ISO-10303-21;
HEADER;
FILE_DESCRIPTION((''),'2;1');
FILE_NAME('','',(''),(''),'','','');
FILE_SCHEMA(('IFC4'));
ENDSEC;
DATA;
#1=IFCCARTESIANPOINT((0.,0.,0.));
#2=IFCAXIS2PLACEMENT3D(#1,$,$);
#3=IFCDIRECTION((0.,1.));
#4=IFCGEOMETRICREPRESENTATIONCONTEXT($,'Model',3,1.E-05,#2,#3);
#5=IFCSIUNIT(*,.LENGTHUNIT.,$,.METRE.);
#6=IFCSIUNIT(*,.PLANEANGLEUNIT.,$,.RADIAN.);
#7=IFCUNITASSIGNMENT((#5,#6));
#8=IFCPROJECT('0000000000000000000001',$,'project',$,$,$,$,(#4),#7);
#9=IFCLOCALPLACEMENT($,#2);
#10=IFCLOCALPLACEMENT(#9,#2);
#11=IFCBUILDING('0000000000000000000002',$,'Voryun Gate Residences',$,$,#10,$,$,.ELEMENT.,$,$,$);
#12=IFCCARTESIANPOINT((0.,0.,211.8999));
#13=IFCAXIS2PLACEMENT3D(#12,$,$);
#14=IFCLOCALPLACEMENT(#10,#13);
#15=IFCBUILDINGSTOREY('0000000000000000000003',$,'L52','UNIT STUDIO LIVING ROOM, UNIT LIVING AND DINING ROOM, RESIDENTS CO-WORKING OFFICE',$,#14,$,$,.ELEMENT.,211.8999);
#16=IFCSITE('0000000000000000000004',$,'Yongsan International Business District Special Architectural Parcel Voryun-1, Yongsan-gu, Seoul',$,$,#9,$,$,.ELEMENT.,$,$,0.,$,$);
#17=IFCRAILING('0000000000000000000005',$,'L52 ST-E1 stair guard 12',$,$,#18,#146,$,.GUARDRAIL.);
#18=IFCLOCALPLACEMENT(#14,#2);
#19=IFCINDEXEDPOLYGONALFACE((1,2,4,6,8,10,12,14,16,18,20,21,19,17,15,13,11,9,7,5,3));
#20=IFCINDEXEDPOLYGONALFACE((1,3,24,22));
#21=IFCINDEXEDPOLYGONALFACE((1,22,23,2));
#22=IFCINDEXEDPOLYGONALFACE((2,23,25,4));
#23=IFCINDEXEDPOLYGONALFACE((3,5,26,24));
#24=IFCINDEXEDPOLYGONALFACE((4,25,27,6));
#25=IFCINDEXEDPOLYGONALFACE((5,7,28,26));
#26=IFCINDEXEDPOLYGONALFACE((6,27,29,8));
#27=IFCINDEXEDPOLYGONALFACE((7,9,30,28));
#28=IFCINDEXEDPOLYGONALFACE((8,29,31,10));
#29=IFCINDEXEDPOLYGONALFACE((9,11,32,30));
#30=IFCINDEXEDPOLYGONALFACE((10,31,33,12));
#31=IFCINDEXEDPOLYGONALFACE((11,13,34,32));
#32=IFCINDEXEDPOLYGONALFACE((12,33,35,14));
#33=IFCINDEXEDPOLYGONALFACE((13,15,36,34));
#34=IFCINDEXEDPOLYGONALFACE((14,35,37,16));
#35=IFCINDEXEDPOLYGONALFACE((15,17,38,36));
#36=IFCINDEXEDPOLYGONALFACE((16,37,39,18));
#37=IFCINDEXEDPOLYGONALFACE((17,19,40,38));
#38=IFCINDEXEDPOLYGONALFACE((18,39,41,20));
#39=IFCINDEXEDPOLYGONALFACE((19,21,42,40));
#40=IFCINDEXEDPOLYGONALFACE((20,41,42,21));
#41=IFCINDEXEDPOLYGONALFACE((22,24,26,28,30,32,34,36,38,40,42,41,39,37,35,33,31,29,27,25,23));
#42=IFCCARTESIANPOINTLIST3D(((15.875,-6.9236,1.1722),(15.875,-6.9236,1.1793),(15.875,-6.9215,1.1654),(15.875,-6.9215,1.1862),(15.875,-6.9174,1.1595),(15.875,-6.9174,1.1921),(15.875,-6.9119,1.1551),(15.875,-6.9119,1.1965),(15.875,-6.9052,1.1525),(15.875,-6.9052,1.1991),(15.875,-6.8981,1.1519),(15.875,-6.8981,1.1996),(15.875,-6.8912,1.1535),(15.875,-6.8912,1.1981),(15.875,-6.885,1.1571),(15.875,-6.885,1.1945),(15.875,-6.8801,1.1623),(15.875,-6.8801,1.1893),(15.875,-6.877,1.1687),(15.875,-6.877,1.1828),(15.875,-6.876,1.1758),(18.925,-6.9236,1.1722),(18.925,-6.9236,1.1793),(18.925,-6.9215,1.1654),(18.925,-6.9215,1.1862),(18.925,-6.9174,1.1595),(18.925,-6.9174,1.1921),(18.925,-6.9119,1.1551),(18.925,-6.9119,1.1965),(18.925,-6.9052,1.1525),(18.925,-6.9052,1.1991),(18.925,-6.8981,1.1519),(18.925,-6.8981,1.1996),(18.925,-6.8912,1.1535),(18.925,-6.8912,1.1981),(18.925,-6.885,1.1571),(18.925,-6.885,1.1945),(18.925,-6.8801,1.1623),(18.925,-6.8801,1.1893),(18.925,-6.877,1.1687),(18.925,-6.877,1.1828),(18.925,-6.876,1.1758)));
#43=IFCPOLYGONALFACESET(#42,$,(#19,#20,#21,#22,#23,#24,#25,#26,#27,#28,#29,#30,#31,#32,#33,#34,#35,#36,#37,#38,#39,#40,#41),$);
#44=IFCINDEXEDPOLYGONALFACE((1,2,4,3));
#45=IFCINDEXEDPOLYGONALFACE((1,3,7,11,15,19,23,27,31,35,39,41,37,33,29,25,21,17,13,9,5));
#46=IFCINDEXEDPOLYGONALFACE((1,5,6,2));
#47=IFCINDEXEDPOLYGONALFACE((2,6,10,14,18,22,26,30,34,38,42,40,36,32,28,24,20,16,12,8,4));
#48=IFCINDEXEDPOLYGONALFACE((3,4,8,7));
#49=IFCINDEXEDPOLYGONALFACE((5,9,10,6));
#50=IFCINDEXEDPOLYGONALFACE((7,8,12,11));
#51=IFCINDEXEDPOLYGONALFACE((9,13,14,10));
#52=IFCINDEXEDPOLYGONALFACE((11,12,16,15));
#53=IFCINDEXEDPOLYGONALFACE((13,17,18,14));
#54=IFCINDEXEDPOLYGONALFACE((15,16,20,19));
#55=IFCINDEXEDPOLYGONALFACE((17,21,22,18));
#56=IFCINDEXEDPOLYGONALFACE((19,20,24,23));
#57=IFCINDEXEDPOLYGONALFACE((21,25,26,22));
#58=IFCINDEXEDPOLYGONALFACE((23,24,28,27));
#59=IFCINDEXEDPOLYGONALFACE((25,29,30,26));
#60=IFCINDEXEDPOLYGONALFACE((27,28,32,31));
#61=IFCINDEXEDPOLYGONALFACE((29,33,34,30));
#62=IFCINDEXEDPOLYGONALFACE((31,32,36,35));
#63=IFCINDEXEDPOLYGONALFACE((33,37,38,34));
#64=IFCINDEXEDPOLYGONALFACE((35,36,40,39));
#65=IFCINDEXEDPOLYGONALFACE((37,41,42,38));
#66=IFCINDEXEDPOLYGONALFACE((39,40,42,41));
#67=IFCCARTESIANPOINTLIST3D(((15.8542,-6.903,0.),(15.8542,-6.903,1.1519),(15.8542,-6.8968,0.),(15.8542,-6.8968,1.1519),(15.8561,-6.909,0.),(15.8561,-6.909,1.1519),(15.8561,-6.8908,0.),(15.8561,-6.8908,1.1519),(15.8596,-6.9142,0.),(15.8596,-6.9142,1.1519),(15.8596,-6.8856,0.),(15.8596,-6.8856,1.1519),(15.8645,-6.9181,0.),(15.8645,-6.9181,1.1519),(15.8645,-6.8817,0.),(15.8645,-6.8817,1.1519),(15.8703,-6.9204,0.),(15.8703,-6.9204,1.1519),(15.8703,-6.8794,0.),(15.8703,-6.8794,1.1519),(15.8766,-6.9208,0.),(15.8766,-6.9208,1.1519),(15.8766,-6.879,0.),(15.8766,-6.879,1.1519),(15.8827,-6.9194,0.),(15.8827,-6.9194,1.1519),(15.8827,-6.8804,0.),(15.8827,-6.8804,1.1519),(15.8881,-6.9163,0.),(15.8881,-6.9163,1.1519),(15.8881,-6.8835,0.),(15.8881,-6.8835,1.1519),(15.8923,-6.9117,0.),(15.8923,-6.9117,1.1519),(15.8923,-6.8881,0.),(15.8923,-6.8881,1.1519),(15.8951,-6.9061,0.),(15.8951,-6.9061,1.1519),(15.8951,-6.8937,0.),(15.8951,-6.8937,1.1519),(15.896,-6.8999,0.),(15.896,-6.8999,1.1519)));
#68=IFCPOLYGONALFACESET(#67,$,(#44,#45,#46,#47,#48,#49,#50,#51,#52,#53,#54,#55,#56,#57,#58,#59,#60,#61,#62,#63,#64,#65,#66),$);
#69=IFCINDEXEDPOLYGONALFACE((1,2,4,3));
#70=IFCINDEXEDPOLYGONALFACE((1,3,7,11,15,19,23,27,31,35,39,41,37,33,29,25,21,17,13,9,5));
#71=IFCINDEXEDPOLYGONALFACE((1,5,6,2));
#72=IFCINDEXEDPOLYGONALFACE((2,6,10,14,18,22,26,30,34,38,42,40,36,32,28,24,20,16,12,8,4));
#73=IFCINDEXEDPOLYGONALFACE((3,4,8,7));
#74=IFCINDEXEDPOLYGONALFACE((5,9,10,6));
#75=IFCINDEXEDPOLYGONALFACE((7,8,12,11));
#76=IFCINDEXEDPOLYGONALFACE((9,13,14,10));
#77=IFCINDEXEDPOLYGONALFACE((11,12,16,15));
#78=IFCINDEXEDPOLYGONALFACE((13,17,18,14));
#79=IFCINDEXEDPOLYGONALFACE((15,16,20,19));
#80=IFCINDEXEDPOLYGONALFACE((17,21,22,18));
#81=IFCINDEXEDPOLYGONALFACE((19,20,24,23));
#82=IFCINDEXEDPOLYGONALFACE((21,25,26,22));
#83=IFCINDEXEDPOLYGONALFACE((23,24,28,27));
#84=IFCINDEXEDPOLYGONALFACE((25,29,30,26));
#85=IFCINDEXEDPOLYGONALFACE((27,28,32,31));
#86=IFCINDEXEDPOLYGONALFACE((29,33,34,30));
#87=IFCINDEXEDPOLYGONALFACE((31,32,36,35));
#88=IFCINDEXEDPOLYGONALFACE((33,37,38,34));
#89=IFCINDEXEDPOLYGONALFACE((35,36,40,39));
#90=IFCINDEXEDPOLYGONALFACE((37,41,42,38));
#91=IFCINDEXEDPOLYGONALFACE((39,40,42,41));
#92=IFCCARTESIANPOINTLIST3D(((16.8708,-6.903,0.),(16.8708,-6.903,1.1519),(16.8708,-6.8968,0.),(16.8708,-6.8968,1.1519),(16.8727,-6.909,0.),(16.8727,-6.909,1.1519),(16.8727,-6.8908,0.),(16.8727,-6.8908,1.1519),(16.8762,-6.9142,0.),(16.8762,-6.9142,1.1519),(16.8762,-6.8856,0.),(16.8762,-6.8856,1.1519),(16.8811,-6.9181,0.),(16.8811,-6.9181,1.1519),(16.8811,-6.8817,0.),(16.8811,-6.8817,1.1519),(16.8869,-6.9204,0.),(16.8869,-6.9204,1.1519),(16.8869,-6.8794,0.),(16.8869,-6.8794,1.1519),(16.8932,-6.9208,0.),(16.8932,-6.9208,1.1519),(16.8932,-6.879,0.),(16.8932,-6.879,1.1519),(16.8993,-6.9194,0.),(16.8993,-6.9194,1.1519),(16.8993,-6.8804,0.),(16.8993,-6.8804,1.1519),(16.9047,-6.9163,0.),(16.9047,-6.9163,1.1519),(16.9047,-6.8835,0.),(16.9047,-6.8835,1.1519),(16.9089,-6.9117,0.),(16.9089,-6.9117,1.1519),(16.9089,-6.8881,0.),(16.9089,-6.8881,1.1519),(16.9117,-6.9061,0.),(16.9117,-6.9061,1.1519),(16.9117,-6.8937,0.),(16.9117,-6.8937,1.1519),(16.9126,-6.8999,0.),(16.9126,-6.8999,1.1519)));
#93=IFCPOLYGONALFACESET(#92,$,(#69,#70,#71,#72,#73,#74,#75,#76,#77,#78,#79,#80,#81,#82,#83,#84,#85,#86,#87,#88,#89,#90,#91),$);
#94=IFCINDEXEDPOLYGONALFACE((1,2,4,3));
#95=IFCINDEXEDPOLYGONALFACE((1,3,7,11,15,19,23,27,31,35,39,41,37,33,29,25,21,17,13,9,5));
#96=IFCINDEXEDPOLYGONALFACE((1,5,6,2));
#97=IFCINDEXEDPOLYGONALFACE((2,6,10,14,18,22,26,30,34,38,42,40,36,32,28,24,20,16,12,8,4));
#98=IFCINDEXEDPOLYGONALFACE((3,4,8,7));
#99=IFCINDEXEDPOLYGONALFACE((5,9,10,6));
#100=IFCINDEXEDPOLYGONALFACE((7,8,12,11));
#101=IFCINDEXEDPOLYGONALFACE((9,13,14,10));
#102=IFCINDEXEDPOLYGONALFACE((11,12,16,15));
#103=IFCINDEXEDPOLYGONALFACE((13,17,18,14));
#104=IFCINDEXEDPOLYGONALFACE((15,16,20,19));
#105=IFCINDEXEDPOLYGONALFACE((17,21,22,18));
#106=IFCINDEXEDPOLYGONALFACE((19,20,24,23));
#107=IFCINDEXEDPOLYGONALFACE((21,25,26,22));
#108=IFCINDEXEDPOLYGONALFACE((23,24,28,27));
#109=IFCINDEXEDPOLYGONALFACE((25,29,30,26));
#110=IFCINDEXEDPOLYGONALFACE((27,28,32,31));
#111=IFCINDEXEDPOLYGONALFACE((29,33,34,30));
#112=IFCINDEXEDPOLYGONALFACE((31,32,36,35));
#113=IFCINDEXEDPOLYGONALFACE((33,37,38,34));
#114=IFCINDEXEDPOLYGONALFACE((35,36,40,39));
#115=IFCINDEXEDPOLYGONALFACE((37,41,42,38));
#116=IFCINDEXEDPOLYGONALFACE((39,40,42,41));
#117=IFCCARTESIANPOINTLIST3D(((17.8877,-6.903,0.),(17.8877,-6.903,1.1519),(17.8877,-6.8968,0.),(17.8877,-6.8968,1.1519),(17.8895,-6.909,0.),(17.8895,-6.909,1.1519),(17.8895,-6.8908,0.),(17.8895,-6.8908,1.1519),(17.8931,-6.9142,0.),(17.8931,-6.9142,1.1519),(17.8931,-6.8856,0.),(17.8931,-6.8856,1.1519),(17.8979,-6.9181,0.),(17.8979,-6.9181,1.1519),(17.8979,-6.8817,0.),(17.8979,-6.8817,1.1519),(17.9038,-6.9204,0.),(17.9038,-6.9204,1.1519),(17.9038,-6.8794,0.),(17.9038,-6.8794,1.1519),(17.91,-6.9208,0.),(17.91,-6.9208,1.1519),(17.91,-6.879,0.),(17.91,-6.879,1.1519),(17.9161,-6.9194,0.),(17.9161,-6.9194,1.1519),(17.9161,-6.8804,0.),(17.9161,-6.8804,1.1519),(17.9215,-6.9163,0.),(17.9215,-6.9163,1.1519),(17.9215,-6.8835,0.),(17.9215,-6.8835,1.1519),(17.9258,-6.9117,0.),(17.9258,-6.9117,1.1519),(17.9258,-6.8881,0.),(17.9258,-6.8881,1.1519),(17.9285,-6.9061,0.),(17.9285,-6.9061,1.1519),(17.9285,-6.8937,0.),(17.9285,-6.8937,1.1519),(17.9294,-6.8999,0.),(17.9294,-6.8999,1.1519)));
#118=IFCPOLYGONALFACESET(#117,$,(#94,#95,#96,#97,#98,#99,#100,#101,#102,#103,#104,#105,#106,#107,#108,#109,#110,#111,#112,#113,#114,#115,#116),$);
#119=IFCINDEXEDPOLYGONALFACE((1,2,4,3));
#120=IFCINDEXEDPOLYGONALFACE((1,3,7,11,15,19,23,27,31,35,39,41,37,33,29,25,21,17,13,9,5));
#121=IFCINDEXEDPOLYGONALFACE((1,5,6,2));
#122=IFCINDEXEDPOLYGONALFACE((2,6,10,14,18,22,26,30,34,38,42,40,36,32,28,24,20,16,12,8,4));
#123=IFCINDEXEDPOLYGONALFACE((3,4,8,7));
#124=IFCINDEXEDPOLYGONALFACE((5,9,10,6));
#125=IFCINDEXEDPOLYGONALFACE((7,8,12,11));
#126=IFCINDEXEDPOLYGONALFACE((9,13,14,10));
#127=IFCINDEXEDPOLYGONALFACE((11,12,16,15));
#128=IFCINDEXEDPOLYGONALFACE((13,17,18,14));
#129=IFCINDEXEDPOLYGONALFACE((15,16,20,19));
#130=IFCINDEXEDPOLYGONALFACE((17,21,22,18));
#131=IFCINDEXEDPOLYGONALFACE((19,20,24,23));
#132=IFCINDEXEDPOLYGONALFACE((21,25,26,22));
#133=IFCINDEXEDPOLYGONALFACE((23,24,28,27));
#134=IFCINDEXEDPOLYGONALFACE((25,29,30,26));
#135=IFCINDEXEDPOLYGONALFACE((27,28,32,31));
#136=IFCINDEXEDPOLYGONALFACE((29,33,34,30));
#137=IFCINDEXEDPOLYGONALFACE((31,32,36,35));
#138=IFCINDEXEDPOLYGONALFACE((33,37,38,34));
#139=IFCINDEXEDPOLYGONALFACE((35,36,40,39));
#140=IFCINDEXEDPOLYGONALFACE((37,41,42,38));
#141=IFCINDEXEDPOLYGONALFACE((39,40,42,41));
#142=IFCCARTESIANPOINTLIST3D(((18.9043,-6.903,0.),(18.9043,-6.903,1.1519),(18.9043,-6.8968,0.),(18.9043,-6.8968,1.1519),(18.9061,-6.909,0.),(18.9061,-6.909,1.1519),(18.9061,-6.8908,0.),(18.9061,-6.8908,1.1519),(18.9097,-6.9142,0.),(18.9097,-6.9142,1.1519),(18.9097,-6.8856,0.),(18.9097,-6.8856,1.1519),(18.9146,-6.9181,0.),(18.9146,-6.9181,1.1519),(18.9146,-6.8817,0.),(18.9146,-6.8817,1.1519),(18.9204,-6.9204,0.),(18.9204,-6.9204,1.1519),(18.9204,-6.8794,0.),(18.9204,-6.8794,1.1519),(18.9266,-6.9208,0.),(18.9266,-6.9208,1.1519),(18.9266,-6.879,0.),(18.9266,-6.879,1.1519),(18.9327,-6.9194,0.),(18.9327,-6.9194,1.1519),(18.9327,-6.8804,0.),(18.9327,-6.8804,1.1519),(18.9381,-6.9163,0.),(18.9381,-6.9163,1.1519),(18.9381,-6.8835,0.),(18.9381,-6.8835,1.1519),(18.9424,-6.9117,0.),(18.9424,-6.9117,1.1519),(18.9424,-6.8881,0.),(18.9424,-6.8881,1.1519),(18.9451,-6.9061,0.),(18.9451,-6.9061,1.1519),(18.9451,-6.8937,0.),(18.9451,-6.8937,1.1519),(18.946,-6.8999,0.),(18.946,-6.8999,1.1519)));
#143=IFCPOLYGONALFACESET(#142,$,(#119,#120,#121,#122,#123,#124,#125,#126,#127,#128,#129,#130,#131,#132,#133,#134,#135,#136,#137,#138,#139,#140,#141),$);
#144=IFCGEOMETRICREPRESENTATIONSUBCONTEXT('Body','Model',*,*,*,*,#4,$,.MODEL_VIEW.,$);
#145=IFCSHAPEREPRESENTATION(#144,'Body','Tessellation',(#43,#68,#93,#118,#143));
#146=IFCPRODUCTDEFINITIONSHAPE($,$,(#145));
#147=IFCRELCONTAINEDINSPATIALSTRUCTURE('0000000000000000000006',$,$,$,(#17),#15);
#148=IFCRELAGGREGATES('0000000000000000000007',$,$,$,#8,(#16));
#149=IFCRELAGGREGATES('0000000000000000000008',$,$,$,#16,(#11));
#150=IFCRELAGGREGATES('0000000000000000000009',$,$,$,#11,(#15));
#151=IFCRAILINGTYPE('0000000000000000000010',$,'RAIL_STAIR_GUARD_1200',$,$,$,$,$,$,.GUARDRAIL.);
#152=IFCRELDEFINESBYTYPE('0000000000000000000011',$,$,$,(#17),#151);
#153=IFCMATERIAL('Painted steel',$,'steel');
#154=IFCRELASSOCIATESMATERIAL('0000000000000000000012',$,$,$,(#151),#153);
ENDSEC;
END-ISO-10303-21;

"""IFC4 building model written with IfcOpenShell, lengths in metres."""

from ifc_helpers import new_model, si_unit, direction, frame, origin, origin_2d, place, context, subcontext, project, spatial, circle, extrude, material, type_object, element, save


model = new_model("IFC4")

# Units and contexts
model_context = context("Model", 3, precision=1e-05, world=origin(), true_north=direction((0.0, 1.0)))
body_context = subcontext(model_context, "Body", "Model", "MODEL_VIEW")
ifc_project = project(units=[si_unit("LENGTHUNIT", "METRE"), si_unit("PLANEANGLEUNIT", "RADIAN")], contexts=[model_context])

# Site, building, storey
site_placement = place(None, origin())
site = spatial("IfcSite", under=ifc_project, at=site_placement, Name="Yongsan International Business District Special Architectural Parcel Voryun-1, Yongsan-gu, Seoul", CompositionType="ELEMENT", RefElevation=0.0)
building_placement = place(site_placement, origin())
building = spatial("IfcBuilding", under=site, at=building_placement, Name="Voryun Gate Residences", CompositionType="ELEMENT")
storey_placement = place(building_placement, frame((0.0, 0.0, 211.8999)))
storey = spatial("IfcBuildingStorey", under=building, at=storey_placement, Name="L52", Description="UNIT STUDIO LIVING ROOM, UNIT LIVING AND DINING ROOM, RESIDENTS CO-WORKING OFFICE", CompositionType="ELEMENT", Elevation=211.8999)

# Railing
ifc_material_1 = material(Name="Painted steel", Category="steel")
railing_type_1 = type_object("IfcRailingType", Name="RAIL_STAIR_GUARD_1200", PredefinedType="GUARDRAIL", material=ifc_material_1)
railing_1_placement = place(storey_placement, frame((15.875, -6.8999, 0.0)))
element("IfcRailing", 1, at=railing_1_placement, inside=storey, type_object=railing_type_1, Name="L52 ST-E1 stair guard 12", PredefinedType="GUARDRAIL", context=body_context, shape_type="SweptSolid", body=[
    extrude(circle(Radius=0.0239, at=origin_2d()), frame((0.0, 0.0, 1.1758), z_axis=(1.0, 0.0, 0.0), x_axis=(0.0, 1.0, 0.0)), (0.0, 0.0, 1.0), 3.05),
    extrude(circle(Radius=0.021, at=origin_2d()), origin(), (0.0, 0.0, 1.0), 1.1519),
    extrude(circle(Radius=0.021, at=origin_2d()), frame((1.0166, 0.0, 0.0)), (0.0, 0.0, 1.0), 1.1519),
    extrude(circle(Radius=0.021, at=origin_2d()), frame((2.0334, 0.0, 0.0)), (0.0, 0.0, 1.0), 1.1519),
    extrude(circle(Radius=0.021, at=origin_2d()), frame((3.05, 0.0, 0.0)), (0.0, 0.0, 1.0), 1.1519),
])

save(model, "model.ifc")
